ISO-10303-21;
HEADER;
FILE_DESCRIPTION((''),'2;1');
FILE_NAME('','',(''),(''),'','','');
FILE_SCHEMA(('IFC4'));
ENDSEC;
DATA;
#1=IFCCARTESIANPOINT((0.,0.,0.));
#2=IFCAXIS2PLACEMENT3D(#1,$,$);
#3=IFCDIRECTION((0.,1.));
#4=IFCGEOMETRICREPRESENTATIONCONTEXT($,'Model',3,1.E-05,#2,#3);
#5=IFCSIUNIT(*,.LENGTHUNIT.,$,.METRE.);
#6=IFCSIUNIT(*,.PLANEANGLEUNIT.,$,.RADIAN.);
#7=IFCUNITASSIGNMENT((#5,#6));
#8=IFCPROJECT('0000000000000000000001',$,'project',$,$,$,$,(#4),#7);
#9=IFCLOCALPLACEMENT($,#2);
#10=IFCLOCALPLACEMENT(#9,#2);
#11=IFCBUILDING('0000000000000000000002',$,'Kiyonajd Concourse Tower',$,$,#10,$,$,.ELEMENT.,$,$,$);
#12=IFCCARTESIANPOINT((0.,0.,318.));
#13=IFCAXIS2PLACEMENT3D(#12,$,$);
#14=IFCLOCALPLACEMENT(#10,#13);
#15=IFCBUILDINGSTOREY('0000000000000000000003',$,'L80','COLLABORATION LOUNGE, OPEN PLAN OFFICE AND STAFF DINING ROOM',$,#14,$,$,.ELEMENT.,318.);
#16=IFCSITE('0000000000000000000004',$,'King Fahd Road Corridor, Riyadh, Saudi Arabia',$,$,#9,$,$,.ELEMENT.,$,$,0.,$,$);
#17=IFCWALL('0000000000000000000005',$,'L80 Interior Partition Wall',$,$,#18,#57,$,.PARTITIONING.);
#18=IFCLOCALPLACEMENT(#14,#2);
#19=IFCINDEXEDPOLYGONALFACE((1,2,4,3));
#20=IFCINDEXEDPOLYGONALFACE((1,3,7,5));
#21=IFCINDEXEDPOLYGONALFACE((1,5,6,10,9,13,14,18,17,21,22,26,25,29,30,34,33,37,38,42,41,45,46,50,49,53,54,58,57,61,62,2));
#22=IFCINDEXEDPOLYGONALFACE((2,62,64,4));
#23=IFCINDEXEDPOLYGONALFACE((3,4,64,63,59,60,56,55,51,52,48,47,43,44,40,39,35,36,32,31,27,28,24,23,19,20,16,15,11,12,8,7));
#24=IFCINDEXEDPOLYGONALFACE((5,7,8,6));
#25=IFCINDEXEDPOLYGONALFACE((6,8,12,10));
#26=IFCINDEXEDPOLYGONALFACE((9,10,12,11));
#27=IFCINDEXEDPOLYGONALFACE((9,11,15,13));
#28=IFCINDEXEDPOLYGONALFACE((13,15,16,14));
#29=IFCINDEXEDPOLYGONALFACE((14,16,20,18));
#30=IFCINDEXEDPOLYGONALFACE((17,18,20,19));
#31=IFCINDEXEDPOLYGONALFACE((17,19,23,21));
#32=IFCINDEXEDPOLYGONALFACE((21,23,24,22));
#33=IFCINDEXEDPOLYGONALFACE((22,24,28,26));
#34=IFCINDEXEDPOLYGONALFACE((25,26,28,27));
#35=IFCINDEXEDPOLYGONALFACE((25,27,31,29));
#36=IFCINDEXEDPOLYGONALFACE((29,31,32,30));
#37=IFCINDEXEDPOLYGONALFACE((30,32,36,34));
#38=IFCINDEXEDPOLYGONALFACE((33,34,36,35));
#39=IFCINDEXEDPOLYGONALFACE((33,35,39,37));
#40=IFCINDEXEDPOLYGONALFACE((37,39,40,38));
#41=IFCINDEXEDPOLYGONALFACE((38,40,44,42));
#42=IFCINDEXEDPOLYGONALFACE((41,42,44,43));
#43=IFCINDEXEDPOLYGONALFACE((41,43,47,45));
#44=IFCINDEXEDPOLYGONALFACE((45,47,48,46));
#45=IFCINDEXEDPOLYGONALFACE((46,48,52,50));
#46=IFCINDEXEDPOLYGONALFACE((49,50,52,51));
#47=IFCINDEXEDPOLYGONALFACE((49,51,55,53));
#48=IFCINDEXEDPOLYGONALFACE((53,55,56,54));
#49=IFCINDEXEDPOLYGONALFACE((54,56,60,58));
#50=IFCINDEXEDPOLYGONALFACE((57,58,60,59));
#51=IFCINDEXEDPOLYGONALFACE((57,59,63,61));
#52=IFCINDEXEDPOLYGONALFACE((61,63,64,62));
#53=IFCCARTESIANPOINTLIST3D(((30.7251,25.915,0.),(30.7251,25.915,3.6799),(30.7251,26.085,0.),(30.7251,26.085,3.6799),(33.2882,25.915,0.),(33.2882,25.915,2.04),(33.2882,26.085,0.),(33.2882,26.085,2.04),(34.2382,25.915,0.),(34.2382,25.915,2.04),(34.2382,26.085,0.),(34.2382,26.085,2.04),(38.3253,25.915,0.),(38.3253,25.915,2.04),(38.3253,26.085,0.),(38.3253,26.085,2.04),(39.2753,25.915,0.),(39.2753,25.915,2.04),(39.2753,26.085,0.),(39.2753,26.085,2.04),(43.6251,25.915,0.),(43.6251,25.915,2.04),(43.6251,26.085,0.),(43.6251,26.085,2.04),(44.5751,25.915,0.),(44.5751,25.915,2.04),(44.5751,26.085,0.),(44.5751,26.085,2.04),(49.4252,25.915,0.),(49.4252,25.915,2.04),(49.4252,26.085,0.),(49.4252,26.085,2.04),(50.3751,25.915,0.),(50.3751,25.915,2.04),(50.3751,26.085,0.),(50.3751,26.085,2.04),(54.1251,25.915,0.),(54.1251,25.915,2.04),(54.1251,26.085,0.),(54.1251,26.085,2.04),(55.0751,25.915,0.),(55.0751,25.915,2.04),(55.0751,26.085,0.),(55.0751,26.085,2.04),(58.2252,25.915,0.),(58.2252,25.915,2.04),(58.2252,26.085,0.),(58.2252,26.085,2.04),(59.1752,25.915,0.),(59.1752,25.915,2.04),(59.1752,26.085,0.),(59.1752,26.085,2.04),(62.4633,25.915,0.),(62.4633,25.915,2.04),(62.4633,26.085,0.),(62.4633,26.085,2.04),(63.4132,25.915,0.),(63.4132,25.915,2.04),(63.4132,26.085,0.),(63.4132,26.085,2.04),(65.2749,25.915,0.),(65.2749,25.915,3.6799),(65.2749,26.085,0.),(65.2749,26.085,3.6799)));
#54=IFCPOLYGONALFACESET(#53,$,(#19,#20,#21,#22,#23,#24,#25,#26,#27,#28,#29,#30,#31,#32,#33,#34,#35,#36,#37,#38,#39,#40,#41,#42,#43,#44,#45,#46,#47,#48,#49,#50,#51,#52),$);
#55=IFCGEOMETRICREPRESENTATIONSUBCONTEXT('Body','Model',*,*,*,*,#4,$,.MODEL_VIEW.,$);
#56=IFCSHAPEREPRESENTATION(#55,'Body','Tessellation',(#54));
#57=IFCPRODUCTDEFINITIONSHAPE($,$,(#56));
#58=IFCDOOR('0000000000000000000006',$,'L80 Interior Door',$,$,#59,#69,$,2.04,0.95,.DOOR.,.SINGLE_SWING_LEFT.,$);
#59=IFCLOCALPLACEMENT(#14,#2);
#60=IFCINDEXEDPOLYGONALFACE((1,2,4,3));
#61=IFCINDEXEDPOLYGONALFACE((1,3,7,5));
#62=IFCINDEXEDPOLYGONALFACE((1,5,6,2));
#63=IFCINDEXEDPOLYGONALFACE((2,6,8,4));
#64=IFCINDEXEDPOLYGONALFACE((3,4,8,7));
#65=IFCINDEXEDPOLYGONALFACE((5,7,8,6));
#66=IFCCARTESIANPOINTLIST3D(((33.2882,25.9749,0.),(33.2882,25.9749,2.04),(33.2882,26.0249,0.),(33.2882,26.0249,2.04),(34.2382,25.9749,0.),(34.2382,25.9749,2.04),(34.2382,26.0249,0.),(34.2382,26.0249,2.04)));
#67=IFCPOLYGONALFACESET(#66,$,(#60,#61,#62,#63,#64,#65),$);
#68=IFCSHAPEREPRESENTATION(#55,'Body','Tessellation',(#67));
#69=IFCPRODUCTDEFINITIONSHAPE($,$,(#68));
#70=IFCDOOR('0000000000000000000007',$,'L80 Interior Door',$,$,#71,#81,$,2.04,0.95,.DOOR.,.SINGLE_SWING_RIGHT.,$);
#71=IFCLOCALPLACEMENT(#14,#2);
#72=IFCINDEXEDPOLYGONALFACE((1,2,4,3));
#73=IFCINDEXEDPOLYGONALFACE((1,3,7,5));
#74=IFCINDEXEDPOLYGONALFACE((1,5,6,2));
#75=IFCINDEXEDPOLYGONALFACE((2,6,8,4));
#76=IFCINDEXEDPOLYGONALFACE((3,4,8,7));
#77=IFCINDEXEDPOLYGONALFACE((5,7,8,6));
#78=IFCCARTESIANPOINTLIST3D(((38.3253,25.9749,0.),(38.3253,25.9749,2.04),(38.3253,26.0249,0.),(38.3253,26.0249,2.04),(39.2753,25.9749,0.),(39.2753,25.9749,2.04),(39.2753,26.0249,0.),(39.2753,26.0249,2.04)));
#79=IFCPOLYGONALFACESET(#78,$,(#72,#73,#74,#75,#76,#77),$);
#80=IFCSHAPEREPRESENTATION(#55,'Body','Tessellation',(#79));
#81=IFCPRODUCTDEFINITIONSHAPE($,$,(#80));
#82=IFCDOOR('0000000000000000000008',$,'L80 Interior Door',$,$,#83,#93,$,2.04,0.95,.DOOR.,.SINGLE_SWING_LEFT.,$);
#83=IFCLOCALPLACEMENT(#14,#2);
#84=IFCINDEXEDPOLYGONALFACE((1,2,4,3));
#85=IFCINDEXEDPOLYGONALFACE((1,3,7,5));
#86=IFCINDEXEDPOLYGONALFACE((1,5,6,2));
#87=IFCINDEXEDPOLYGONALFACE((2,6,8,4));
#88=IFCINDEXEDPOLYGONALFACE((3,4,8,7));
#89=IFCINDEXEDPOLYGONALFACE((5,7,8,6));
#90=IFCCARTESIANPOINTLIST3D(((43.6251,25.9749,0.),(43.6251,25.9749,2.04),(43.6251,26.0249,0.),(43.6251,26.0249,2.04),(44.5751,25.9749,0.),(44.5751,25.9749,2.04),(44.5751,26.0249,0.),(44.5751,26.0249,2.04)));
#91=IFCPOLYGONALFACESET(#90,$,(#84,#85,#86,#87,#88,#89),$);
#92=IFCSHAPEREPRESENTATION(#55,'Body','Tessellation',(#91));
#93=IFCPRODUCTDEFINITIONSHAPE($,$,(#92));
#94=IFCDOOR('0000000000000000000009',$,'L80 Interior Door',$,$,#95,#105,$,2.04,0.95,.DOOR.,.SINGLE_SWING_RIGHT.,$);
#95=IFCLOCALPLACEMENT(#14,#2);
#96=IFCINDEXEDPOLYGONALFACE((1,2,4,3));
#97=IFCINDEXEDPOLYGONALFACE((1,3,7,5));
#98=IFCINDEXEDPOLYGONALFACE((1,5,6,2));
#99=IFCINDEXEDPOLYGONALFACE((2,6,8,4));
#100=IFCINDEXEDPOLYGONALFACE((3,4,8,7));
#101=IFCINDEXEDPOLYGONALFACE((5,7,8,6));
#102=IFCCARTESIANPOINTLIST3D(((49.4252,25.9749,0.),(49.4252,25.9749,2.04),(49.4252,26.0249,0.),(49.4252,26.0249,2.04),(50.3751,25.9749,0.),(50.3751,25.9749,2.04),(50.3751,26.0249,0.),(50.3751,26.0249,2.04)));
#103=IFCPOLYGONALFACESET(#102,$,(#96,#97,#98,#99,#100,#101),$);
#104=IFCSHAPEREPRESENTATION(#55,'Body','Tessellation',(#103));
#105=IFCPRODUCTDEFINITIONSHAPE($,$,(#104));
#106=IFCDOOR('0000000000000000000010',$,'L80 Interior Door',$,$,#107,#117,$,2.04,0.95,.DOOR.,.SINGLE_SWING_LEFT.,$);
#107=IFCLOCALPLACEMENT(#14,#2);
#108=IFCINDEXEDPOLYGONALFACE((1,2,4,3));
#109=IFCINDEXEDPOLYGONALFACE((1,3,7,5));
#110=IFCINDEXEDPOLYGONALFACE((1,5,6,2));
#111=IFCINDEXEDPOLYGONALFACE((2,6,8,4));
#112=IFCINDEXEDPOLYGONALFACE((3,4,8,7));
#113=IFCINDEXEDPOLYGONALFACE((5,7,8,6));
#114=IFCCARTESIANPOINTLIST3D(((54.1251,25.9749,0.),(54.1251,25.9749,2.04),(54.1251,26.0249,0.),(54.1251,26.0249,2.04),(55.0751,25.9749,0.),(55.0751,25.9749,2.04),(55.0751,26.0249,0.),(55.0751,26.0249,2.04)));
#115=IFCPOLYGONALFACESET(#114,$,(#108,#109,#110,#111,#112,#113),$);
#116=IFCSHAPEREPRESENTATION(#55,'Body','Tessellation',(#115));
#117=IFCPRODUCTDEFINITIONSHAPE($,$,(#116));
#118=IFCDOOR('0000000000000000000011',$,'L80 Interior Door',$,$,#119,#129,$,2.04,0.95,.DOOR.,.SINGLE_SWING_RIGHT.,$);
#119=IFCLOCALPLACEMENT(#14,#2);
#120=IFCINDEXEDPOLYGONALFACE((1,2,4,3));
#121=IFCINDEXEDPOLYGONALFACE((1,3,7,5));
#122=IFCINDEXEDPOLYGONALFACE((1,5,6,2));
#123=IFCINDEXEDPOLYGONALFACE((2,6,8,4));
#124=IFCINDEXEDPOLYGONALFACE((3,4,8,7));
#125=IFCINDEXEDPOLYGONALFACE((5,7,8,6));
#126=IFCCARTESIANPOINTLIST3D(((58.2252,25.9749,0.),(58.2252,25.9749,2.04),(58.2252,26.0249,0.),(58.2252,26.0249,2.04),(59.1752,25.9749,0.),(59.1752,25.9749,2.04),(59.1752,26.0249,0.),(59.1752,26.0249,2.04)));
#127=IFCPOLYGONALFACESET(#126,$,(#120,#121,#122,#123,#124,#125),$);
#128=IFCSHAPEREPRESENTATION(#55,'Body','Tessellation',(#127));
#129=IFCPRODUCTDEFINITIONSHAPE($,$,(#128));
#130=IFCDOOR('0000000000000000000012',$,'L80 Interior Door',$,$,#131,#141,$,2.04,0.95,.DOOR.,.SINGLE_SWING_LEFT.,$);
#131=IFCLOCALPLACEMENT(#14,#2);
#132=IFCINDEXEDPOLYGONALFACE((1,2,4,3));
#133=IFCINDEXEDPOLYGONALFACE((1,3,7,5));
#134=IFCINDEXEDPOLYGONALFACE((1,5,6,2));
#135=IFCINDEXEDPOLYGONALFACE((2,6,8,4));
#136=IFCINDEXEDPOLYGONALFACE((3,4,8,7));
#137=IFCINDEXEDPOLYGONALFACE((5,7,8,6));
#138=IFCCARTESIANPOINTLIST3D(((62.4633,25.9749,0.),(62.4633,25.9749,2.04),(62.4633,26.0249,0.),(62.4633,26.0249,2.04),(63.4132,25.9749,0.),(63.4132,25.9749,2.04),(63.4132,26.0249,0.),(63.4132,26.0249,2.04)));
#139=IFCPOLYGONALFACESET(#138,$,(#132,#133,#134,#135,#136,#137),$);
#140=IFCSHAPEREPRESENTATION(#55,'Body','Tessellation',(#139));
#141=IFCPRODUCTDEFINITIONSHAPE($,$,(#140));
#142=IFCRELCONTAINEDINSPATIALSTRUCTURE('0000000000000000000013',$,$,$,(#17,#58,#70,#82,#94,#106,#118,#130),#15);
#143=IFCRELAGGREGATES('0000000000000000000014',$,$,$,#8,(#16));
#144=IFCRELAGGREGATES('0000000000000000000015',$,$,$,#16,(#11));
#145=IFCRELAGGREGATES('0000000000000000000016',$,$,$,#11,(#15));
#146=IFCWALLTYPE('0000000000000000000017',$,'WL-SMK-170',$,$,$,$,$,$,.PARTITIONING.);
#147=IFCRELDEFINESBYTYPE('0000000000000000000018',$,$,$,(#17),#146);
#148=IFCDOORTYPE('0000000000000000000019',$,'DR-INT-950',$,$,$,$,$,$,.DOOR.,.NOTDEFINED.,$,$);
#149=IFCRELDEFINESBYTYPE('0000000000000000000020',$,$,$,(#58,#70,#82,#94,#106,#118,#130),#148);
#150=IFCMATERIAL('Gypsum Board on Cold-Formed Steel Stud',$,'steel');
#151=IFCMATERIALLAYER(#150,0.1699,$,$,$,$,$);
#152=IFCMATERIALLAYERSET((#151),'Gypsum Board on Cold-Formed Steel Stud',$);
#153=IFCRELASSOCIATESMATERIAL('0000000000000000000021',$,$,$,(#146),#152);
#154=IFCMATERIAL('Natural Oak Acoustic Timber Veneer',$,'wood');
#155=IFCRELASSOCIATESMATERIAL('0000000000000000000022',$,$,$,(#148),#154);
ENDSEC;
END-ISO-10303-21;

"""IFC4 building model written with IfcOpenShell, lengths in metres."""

from ifc_helpers import new_model, si_unit, direction, frame, frame_2d, origin, place, context, subcontext, project, spatial, rectangle, extrude, material, layer, layer_set, type_object, element, fill, save


model = new_model("IFC4")

# Units and contexts
model_context = context("Model", 3, precision=1e-05, world=origin(), true_north=direction((0.0, 1.0)))
body_context = subcontext(model_context, "Body", "Model", "MODEL_VIEW")
ifc_project = project(units=[si_unit("LENGTHUNIT", "METRE"), si_unit("PLANEANGLEUNIT", "RADIAN")], contexts=[model_context])

# Site, building, storey
site_placement = place(None, origin())
site = spatial("IfcSite", under=ifc_project, at=site_placement, Name="King Fahd Road Corridor, Riyadh, Saudi Arabia", CompositionType="ELEMENT", RefElevation=0.0)
building_placement = place(site_placement, origin())
building = spatial("IfcBuilding", under=site, at=building_placement, Name="Kiyonajd Concourse Tower", CompositionType="ELEMENT")
storey_placement = place(building_placement, frame((0.0, 0.0, 318.0)))
storey = spatial("IfcBuildingStorey", under=building, at=storey_placement, Name="L80", Description="COLLABORATION LOUNGE, OPEN PLAN OFFICE AND STAFF DINING ROOM", CompositionType="ELEMENT", Elevation=318.0)

# Wall, openings, doors
ifc_material_1 = material(Name="Gypsum Board on Cold-Formed Steel Stud", Category="steel")
ifc_layer_1 = layer(ifc_material_1, 0.1699)
ifc_layer_set_1 = layer_set([ifc_layer_1], Name="Gypsum Board on Cold-Formed Steel Stud")
wall_type_1 = type_object("IfcWallType", Name="WL-SMK-170", PredefinedType="PARTITIONING", material=ifc_layer_set_1)
wall_1_placement = place(storey_placement, frame((30.7251, 26.0, 0.0), z_axis=(0.0, 0.0, 1.0), x_axis=(1.0, 0.0, 0.0)))
wall_1 = element("IfcWall", 1, at=wall_1_placement, inside=storey, type_object=wall_type_1, Name="L80 Interior Partition Wall", PredefinedType="PARTITIONING", context=body_context, shape_type="SweptSolid", body=[
    extrude(rectangle(XDim=34.5498, YDim=0.1699, at=frame_2d((17.2749, 0.0))), origin(), (0.0, 0.0, 1.0), 3.6799),
])
opening_1_placement = place(wall_1_placement, frame((2.563, 0.0, 0.0)))
opening_1 = element("IfcOpeningElement", 2, at=opening_1_placement, cuts=wall_1, PredefinedType="OPENING", context=body_context, shape_type="SweptSolid", body=[
    extrude(rectangle(XDim=0.95, YDim=2.04, at=frame_2d((0.4751, 1.02))), frame((0.0, 0.095, 0.0), z_axis=(0.0, -1.0, 0.0), x_axis=(1.0, 0.0, 0.0)), (0.0, 0.0, 1.0), 0.1899),
])
opening_2_placement = place(wall_1_placement, frame((7.6001, 0.0, 0.0)))
opening_2 = element("IfcOpeningElement", 3, at=opening_2_placement, cuts=wall_1, PredefinedType="OPENING", context=body_context, shape_type="SweptSolid", body=[
    extrude(rectangle(XDim=0.95, YDim=2.04, at=frame_2d((0.4751, 1.02))), frame((0.0, 0.095, 0.0), z_axis=(0.0, -1.0, 0.0), x_axis=(1.0, 0.0, 0.0)), (0.0, 0.0, 1.0), 0.1899),
])
opening_3_placement = place(wall_1_placement, frame((12.8999, 0.0, 0.0)))
opening_3 = element("IfcOpeningElement", 4, at=opening_3_placement, cuts=wall_1, PredefinedType="OPENING", context=body_context, shape_type="SweptSolid", body=[
    extrude(rectangle(XDim=0.95, YDim=2.04, at=frame_2d((0.4751, 1.02))), frame((0.0, 0.095, 0.0), z_axis=(0.0, -1.0, 0.0), x_axis=(1.0, 0.0, 0.0)), (0.0, 0.0, 1.0), 0.1899),
])
opening_4_placement = place(wall_1_placement, frame((18.7, 0.0, 0.0)))
opening_4 = element("IfcOpeningElement", 5, at=opening_4_placement, cuts=wall_1, PredefinedType="OPENING", context=body_context, shape_type="SweptSolid", body=[
    extrude(rectangle(XDim=0.95, YDim=2.04, at=frame_2d((0.4751, 1.02))), frame((0.0, 0.095, 0.0), z_axis=(0.0, -1.0, 0.0), x_axis=(1.0, 0.0, 0.0)), (0.0, 0.0, 1.0), 0.1899),
])
opening_5_placement = place(wall_1_placement, frame((23.3999, 0.0, 0.0)))
opening_5 = element("IfcOpeningElement", 6, at=opening_5_placement, cuts=wall_1, PredefinedType="OPENING", context=body_context, shape_type="SweptSolid", body=[
    extrude(rectangle(XDim=0.95, YDim=2.04, at=frame_2d((0.4751, 1.02))), frame((0.0, 0.095, 0.0), z_axis=(0.0, -1.0, 0.0), x_axis=(1.0, 0.0, 0.0)), (0.0, 0.0, 1.0), 0.1899),
])
opening_6_placement = place(wall_1_placement, frame((27.5, 0.0, 0.0)))
opening_6 = element("IfcOpeningElement", 7, at=opening_6_placement, cuts=wall_1, PredefinedType="OPENING", context=body_context, shape_type="SweptSolid", body=[
    extrude(rectangle(XDim=0.95, YDim=2.04, at=frame_2d((0.4751, 1.02))), frame((0.0, 0.095, 0.0), z_axis=(0.0, -1.0, 0.0), x_axis=(1.0, 0.0, 0.0)), (0.0, 0.0, 1.0), 0.1899),
])
opening_7_placement = place(wall_1_placement, frame((31.738, 0.0, 0.0)))
opening_7 = element("IfcOpeningElement", 8, at=opening_7_placement, cuts=wall_1, PredefinedType="OPENING", context=body_context, shape_type="SweptSolid", body=[
    extrude(rectangle(XDim=0.95, YDim=2.04, at=frame_2d((0.4751, 1.02))), frame((0.0, 0.095, 0.0), z_axis=(0.0, -1.0, 0.0), x_axis=(1.0, 0.0, 0.0)), (0.0, 0.0, 1.0), 0.1899),
])
ifc_material_2 = material(Name="Natural Oak Acoustic Timber Veneer", Category="wood")
door_type_1 = type_object("IfcDoorType", Name="DR-INT-950", OperationType="NOTDEFINED", PredefinedType="DOOR", material=ifc_material_2)
door_1_placement = place(opening_1_placement, origin())
door_1 = element("IfcDoor", 9, at=door_1_placement, inside=storey, type_object=door_type_1, Name="L80 Interior Door", OperationType="SINGLE_SWING_LEFT", OverallHeight=2.04, OverallWidth=0.95, PredefinedType="DOOR", context=body_context, shape_type="SweptSolid", body=[
    extrude(rectangle(XDim=0.95, YDim=2.04, at=frame_2d((0.4751, 1.02))), frame((0.0, 0.0249, 0.0), z_axis=(0.0, -1.0, 0.0), x_axis=(1.0, 0.0, 0.0)), (0.0, 0.0, 1.0), 0.05),
])
fill(opening_1, door_1)
door_2_placement = place(opening_2_placement, origin())
door_2 = element("IfcDoor", 10, at=door_2_placement, inside=storey, type_object=door_type_1, Name="L80 Interior Door", OperationType="SINGLE_SWING_RIGHT", OverallHeight=2.04, OverallWidth=0.95, PredefinedType="DOOR", context=body_context, shape_type="SweptSolid", body=[
    extrude(rectangle(XDim=0.95, YDim=2.04, at=frame_2d((0.4751, 1.02))), frame((0.0, 0.0249, 0.0), z_axis=(0.0, -1.0, 0.0), x_axis=(1.0, 0.0, 0.0)), (0.0, 0.0, 1.0), 0.05),
])
fill(opening_2, door_2)
door_3_placement = place(opening_3_placement, origin())
door_3 = element("IfcDoor", 11, at=door_3_placement, inside=storey, type_object=door_type_1, Name="L80 Interior Door", OperationType="SINGLE_SWING_LEFT", OverallHeight=2.04, OverallWidth=0.95, PredefinedType="DOOR", context=body_context, shape_type="SweptSolid", body=[
    extrude(rectangle(XDim=0.95, YDim=2.04, at=frame_2d((0.4751, 1.02))), frame((0.0, 0.0249, 0.0), z_axis=(0.0, -1.0, 0.0), x_axis=(1.0, 0.0, 0.0)), (0.0, 0.0, 1.0), 0.05),
])
fill(opening_3, door_3)
door_4_placement = place(opening_4_placement, origin())
door_4 = element("IfcDoor", 12, at=door_4_placement, inside=storey, type_object=door_type_1, Name="L80 Interior Door", OperationType="SINGLE_SWING_RIGHT", OverallHeight=2.04, OverallWidth=0.95, PredefinedType="DOOR", context=body_context, shape_type="SweptSolid", body=[
    extrude(rectangle(XDim=0.95, YDim=2.04, at=frame_2d((0.4751, 1.02))), frame((0.0, 0.0249, 0.0), z_axis=(0.0, -1.0, 0.0), x_axis=(1.0, 0.0, 0.0)), (0.0, 0.0, 1.0), 0.05),
])
fill(opening_4, door_4)
door_5_placement = place(opening_5_placement, origin())
door_5 = element("IfcDoor", 13, at=door_5_placement, inside=storey, type_object=door_type_1, Name="L80 Interior Door", OperationType="SINGLE_SWING_LEFT", OverallHeight=2.04, OverallWidth=0.95, PredefinedType="DOOR", context=body_context, shape_type="SweptSolid", body=[
    extrude(rectangle(XDim=0.95, YDim=2.04, at=frame_2d((0.4751, 1.02))), frame((0.0, 0.0249, 0.0), z_axis=(0.0, -1.0, 0.0), x_axis=(1.0, 0.0, 0.0)), (0.0, 0.0, 1.0), 0.05),
])
fill(opening_5, door_5)
door_6_placement = place(opening_6_placement, origin())
door_6 = element("IfcDoor", 14, at=door_6_placement, inside=storey, type_object=door_type_1, Name="L80 Interior Door", OperationType="SINGLE_SWING_RIGHT", OverallHeight=2.04, OverallWidth=0.95, PredefinedType="DOOR", context=body_context, shape_type="SweptSolid", body=[
    extrude(rectangle(XDim=0.95, YDim=2.04, at=frame_2d((0.4751, 1.02))), frame((0.0, 0.0249, 0.0), z_axis=(0.0, -1.0, 0.0), x_axis=(1.0, 0.0, 0.0)), (0.0, 0.0, 1.0), 0.05),
])
fill(opening_6, door_6)
door_7_placement = place(opening_7_placement, origin())
door_7 = element("IfcDoor", 15, at=door_7_placement, inside=storey, type_object=door_type_1, Name="L80 Interior Door", OperationType="SINGLE_SWING_LEFT", OverallHeight=2.04, OverallWidth=0.95, PredefinedType="DOOR", context=body_context, shape_type="SweptSolid", body=[
    extrude(rectangle(XDim=0.95, YDim=2.04, at=frame_2d((0.4751, 1.02))), frame((0.0, 0.0249, 0.0), z_axis=(0.0, -1.0, 0.0), x_axis=(1.0, 0.0, 0.0)), (0.0, 0.0, 1.0), 0.05),
])
fill(opening_7, door_7)

save(model, "model.ifc")
